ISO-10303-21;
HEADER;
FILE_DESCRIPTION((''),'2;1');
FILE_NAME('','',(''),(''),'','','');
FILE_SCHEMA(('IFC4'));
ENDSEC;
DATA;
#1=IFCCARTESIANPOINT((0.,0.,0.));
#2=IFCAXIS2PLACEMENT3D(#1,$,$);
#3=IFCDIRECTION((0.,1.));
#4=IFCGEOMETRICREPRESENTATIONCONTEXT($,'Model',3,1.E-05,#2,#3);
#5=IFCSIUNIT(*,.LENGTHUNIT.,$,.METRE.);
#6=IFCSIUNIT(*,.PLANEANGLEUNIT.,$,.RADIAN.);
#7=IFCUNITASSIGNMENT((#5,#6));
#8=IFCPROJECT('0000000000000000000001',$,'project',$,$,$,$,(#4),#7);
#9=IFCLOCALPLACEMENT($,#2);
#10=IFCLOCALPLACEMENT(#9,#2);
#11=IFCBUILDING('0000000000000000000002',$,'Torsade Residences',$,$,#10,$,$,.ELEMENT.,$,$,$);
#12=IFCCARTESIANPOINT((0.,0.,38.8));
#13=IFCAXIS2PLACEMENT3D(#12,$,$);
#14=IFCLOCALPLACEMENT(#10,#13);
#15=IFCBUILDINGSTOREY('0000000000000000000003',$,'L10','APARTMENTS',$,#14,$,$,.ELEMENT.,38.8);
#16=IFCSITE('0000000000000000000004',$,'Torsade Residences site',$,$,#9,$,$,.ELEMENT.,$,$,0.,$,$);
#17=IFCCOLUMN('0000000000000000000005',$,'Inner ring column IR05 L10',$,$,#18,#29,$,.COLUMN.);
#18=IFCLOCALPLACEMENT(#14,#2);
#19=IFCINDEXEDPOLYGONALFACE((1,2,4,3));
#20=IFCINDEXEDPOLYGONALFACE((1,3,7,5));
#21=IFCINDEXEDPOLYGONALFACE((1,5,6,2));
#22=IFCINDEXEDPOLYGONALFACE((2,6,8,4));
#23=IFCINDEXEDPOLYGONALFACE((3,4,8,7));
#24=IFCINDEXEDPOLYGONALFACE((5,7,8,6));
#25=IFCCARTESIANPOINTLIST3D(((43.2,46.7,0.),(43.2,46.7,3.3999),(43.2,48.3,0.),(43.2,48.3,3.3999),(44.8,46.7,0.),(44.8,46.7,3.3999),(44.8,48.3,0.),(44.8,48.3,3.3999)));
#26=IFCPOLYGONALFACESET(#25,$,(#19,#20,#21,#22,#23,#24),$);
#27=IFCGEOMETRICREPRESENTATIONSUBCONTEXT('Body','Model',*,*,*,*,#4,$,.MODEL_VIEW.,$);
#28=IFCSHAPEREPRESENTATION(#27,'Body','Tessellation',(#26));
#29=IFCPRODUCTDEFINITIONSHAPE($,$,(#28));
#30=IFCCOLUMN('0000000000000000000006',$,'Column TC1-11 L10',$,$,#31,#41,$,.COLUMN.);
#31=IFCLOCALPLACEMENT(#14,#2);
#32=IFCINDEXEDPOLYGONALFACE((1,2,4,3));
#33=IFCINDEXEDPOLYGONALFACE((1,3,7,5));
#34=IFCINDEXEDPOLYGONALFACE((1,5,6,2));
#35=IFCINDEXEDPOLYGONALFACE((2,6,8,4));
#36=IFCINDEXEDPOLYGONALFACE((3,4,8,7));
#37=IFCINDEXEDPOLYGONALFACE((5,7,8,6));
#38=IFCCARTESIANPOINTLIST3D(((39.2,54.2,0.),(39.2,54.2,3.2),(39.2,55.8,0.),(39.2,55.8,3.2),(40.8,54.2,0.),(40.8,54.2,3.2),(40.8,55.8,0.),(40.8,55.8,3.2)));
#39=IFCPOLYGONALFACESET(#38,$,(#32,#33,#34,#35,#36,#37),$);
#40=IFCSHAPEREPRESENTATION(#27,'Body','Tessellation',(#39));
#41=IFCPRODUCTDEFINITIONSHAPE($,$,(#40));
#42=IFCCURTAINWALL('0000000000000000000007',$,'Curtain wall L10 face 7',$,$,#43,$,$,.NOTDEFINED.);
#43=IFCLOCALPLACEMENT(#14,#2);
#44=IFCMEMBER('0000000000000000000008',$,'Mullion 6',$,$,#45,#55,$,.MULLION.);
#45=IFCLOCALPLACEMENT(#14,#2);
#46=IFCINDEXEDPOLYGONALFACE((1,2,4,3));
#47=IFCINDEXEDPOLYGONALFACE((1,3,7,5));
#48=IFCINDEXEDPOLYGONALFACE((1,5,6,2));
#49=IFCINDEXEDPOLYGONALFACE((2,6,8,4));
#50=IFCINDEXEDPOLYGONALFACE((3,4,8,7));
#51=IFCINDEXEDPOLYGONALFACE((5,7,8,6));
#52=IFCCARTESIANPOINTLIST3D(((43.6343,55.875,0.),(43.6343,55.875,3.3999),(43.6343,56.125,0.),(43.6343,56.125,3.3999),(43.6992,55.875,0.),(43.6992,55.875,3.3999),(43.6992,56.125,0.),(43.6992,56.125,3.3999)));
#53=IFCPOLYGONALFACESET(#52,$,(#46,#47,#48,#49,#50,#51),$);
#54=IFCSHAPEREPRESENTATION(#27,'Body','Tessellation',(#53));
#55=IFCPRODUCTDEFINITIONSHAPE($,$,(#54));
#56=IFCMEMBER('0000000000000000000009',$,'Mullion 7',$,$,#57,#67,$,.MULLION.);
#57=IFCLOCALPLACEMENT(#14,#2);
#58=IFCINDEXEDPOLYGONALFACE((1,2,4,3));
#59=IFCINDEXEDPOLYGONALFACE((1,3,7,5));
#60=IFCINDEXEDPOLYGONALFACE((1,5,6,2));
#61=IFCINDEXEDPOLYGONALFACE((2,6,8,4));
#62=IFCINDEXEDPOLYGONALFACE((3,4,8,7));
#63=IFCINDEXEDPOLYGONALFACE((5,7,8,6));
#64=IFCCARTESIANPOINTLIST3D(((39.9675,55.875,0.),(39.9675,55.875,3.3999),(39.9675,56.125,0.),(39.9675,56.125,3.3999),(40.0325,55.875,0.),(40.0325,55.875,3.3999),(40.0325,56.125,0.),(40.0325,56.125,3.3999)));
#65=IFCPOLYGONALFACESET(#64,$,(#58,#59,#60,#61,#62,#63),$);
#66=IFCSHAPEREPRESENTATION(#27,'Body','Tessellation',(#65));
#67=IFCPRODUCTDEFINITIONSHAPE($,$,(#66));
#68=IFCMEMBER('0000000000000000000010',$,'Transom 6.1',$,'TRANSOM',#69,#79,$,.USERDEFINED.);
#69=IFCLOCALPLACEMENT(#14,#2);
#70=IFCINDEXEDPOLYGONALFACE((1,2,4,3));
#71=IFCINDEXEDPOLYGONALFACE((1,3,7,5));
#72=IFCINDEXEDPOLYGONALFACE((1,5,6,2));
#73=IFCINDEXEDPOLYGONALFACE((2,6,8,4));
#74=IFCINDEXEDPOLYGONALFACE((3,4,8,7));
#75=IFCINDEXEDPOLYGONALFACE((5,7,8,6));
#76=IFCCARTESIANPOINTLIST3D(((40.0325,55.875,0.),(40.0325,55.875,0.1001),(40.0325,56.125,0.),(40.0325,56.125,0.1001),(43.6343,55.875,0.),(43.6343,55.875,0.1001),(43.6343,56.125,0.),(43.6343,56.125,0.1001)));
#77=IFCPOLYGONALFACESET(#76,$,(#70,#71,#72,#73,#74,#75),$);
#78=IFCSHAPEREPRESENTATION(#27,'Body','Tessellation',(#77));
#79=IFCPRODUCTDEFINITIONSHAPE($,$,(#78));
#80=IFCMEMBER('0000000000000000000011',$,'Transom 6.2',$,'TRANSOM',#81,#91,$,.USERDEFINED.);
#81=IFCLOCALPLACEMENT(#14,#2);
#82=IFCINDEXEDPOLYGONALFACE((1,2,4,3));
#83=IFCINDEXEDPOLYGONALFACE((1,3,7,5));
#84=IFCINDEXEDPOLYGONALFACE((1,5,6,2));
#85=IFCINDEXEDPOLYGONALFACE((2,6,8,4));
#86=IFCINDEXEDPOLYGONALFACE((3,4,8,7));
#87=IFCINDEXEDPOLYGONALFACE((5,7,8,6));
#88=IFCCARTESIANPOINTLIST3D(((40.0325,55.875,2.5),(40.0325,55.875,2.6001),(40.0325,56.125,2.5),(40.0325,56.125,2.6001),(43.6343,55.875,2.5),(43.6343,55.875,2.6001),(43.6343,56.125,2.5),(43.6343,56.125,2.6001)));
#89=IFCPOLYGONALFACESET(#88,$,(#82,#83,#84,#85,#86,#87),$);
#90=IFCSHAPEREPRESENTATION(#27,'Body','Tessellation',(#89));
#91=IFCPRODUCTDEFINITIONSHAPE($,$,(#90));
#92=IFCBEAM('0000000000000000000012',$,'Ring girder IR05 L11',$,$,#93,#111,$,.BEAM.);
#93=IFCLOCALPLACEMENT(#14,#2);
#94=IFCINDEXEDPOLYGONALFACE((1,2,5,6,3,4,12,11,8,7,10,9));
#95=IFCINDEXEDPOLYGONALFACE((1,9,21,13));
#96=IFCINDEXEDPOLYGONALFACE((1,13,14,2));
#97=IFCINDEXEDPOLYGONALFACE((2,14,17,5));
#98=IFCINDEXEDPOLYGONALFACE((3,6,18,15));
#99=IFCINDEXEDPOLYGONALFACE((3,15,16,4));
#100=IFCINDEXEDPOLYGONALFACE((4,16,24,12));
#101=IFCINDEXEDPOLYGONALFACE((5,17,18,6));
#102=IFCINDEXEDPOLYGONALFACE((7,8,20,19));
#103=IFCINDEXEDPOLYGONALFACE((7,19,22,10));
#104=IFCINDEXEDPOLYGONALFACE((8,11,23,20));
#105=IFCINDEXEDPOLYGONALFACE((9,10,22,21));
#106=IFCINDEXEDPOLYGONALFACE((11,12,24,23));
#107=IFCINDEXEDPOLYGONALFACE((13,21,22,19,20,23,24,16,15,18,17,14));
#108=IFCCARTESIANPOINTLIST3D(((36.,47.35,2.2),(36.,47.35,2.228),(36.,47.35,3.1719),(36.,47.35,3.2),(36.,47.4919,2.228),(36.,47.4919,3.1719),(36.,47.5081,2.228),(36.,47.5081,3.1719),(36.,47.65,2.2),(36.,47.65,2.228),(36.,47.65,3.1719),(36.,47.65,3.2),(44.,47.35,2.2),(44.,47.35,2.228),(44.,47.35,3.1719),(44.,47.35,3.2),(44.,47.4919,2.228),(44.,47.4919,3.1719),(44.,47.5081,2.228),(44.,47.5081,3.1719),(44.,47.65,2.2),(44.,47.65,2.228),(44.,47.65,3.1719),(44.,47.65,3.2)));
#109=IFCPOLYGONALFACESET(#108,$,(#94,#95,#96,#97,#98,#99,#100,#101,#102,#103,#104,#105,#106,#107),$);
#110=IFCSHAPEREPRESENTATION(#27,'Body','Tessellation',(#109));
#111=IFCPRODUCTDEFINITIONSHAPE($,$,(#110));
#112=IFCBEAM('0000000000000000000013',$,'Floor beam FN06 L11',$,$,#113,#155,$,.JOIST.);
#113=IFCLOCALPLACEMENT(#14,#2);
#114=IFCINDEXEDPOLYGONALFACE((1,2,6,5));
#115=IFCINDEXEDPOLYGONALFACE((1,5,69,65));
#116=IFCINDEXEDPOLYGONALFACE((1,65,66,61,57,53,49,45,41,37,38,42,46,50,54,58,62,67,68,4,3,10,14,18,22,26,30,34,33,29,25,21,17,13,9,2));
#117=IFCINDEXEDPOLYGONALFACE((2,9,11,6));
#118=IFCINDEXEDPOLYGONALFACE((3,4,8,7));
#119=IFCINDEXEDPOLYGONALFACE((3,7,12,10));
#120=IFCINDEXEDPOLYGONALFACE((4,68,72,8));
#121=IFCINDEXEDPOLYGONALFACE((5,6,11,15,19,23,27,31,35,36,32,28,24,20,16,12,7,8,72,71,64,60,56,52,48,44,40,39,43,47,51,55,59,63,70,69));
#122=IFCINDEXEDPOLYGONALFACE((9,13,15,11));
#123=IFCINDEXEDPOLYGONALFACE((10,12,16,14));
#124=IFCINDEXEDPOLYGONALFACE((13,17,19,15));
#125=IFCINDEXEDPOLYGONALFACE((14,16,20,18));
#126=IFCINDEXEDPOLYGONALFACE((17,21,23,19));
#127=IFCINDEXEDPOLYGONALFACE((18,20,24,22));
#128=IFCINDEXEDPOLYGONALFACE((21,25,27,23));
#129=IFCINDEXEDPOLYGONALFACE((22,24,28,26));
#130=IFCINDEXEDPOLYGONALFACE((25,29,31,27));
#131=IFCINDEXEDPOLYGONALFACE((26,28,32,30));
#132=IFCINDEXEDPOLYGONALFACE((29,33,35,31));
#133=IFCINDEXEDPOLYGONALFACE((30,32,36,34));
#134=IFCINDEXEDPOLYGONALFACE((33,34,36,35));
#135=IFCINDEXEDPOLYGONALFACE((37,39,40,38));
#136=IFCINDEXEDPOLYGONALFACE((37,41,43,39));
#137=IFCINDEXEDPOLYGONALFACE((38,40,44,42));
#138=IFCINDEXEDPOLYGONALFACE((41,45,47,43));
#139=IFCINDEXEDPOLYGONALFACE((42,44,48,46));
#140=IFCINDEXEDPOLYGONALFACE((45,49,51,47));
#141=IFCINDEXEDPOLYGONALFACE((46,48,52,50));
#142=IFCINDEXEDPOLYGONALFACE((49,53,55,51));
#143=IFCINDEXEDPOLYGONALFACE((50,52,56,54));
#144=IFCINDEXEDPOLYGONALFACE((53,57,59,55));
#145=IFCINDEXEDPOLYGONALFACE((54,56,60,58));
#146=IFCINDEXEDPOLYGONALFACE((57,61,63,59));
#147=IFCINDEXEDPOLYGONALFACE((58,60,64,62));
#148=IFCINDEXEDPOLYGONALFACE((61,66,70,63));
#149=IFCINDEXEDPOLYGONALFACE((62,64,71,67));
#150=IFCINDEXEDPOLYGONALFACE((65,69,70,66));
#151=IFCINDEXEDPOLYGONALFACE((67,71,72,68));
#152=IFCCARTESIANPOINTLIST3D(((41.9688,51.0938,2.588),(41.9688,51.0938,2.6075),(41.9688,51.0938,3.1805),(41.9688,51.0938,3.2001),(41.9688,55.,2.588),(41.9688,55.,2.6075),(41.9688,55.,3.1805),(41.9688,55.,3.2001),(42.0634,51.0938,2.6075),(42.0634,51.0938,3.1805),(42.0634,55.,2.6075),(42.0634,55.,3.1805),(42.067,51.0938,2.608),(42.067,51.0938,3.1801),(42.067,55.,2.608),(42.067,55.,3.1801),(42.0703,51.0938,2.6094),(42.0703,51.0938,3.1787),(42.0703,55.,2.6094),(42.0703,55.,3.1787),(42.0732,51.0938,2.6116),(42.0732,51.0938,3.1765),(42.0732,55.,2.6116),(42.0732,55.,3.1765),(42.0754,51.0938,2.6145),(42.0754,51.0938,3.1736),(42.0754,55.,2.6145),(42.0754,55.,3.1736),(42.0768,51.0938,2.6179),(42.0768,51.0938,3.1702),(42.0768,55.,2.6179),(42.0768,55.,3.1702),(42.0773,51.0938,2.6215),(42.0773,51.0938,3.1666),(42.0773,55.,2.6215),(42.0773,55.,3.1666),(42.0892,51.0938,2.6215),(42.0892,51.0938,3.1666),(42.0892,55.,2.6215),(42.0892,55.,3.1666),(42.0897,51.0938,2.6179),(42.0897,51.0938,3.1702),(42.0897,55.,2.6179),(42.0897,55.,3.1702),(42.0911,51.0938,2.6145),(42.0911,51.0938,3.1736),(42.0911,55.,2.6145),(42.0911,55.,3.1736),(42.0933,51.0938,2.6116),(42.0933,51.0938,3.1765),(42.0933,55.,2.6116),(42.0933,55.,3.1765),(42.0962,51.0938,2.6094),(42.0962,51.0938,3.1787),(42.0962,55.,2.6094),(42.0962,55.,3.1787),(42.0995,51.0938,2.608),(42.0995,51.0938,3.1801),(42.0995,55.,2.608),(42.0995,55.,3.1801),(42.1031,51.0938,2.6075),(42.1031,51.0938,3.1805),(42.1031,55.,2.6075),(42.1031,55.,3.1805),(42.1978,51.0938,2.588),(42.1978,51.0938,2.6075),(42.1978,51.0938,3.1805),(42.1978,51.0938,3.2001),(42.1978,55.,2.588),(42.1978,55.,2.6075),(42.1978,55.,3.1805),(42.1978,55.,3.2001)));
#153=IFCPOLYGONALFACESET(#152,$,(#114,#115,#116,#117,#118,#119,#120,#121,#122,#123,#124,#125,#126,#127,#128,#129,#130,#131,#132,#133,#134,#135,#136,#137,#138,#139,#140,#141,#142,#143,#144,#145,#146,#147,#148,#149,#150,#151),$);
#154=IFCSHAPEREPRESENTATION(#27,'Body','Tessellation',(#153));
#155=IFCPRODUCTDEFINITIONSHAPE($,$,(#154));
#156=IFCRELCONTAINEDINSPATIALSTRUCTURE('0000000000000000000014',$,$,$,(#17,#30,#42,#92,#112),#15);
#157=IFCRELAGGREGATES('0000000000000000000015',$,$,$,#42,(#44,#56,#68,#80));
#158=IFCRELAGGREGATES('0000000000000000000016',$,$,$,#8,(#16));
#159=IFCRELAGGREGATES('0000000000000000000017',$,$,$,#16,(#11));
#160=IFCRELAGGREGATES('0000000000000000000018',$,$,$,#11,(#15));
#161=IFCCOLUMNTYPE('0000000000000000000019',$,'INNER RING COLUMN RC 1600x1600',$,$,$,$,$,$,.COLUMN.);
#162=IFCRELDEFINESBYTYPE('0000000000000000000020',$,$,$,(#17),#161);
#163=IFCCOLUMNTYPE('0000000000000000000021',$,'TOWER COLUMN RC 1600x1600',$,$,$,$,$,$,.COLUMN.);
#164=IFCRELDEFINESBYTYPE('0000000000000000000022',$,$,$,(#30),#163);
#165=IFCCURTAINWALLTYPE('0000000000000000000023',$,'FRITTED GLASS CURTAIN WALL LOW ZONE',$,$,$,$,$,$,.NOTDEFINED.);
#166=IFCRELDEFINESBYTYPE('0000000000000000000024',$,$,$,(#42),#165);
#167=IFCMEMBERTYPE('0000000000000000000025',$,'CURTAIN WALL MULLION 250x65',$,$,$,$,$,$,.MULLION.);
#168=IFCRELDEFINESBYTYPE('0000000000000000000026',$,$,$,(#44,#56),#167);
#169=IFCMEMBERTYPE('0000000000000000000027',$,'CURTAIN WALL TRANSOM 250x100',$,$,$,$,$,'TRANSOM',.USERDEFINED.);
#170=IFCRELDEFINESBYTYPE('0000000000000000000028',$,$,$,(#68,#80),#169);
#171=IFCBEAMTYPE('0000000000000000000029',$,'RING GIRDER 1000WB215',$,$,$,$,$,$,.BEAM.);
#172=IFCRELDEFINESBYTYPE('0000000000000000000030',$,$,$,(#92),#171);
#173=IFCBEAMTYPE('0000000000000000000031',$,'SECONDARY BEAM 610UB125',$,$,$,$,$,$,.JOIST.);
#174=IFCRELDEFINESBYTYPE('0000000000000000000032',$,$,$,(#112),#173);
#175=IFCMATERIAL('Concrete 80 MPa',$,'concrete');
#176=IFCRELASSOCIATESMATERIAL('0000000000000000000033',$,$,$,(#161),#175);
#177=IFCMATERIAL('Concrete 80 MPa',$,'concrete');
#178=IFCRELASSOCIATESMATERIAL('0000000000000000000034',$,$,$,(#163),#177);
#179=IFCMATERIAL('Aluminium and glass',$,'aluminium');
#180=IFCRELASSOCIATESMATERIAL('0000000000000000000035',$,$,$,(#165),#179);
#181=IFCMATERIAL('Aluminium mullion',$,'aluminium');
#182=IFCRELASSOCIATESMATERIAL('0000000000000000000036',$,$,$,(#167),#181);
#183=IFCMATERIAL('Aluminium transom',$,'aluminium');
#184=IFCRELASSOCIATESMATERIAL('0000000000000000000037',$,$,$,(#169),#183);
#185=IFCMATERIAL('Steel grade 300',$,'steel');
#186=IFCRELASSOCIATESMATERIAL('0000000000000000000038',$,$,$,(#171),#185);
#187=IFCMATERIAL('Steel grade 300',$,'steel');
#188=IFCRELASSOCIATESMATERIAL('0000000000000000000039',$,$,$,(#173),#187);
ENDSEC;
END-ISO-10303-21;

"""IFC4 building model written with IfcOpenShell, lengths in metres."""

from ifc_helpers import new_model, si_unit, direction, frame, origin, origin_2d, place, context, subcontext, project, spatial, rectangle, i_section, extrude, material, material_profile, profile_set, type_object, element, aggregate, save


model = new_model("IFC4")

# Units and contexts
model_context = context("Model", 3, precision=1e-05, world=origin(), true_north=direction((0.0, 1.0)))
body_context = subcontext(model_context, "Body", "Model", "MODEL_VIEW")
ifc_project = project(units=[si_unit("LENGTHUNIT", "METRE"), si_unit("PLANEANGLEUNIT", "RADIAN")], contexts=[model_context])

# Site, building, storey
site_placement = place(None, origin())
site = spatial("IfcSite", under=ifc_project, at=site_placement, Name="Torsade Residences site", CompositionType="ELEMENT", RefElevation=0.0)
building_placement = place(site_placement, origin())
building = spatial("IfcBuilding", under=site, at=building_placement, Name="Torsade Residences", CompositionType="ELEMENT")
storey_placement = place(building_placement, frame((0.0, 0.0, 38.8)))
storey = spatial("IfcBuildingStorey", under=building, at=storey_placement, Name="L10", Description="APARTMENTS", CompositionType="ELEMENT", Elevation=38.8)

# Columns
ifc_material_1 = material(Name="Concrete 80 MPa", Category="concrete")
ifc_material_profile_1 = material_profile(ifc_material_1, rectangle(XDim=1.6001, YDim=1.6001, at=origin_2d()), Name="RC 1600x1600")
ifc_profile_set_1 = profile_set([ifc_material_profile_1], Name="Concrete 80 MPa")
column_type_1 = type_object("IfcColumnType", Name="INNER RING COLUMN RC 1600x1600", PredefinedType="COLUMN", material=ifc_profile_set_1)
column_1_placement = place(storey_placement, frame((44.0, 47.5, 0.0), z_axis=(0.0, 0.0, 1.0), x_axis=(1.0, 0.0, 0.0)))
element("IfcColumn", 1, at=column_1_placement, inside=storey, type_object=column_type_1, Name="Inner ring column IR05 L10", PredefinedType="COLUMN", context=body_context, shape_type="SweptSolid", body=[
    extrude(rectangle(XDim=1.6001, YDim=1.6001, at=origin_2d()), origin(), (0.0, 0.0, 1.0), 3.3999),
])
ifc_material_2 = material(Name="Concrete 80 MPa", Category="concrete")
ifc_material_profile_2 = material_profile(ifc_material_2, rectangle(XDim=1.6001, YDim=1.6001, at=origin_2d()), Name="RC 1600x1600")
ifc_profile_set_2 = profile_set([ifc_material_profile_2], Name="Concrete 80 MPa")
column_type_2 = type_object("IfcColumnType", Name="TOWER COLUMN RC 1600x1600", PredefinedType="COLUMN", material=ifc_profile_set_2)
column_2_placement = place(storey_placement, frame((40.0, 55.0, 0.0), z_axis=(0.0, 0.0, 1.0), x_axis=(1.0, 0.0, 0.0)))
element("IfcColumn", 2, at=column_2_placement, inside=storey, type_object=column_type_2, Name="Column TC1-11 L10", PredefinedType="COLUMN", context=body_context, shape_type="SweptSolid", body=[
    extrude(rectangle(XDim=1.6001, YDim=1.6001, at=origin_2d()), origin(), (0.0, 0.0, 1.0), 3.2),
])

# Curtain wall, members
ifc_material_3 = material(Name="Aluminium and glass", Category="aluminium")
curtain_wall_type = type_object("IfcCurtainWallType", Name="FRITTED GLASS CURTAIN WALL LOW ZONE", PredefinedType="NOTDEFINED", material=ifc_material_3)
curtain_wall_placement = place(storey_placement, origin())
curtain_wall = element("IfcCurtainWall", 3, at=curtain_wall_placement, inside=storey, type_object=curtain_wall_type, Name="Curtain wall L10 face 7", PredefinedType="NOTDEFINED")
ifc_material_4 = material(Name="Aluminium mullion", Category="aluminium")
ifc_material_profile_3 = material_profile(ifc_material_4, rectangle(XDim=0.25, YDim=0.0649, at=origin_2d()), Name="CURTAIN WALL MULLION 250x65")
ifc_profile_set_3 = profile_set([ifc_material_profile_3], Name="Aluminium mullion")
member_type_1 = type_object("IfcMemberType", Name="CURTAIN WALL MULLION 250x65", PredefinedType="MULLION", material=ifc_profile_set_3)
member_1_placement = place(storey_placement, frame((43.6667, 56.0, 0.0), z_axis=(0.0, 0.0, 1.0), x_axis=(0.0, -1.0, 0.0)))
member_1 = element("IfcMember", 4, at=member_1_placement, type_object=member_type_1, Name="Mullion 6", PredefinedType="MULLION", context=body_context, shape_type="SweptSolid", body=[
    extrude(rectangle(XDim=0.25, YDim=0.0649, at=origin_2d()), origin(), (0.0, 0.0, 1.0), 3.3999),
])
member_2_placement = place(storey_placement, frame((40.0, 56.0, 0.0), z_axis=(0.0, 0.0, 1.0), x_axis=(0.0, -1.0, 0.0)))
member_2 = element("IfcMember", 5, at=member_2_placement, type_object=member_type_1, Name="Mullion 7", PredefinedType="MULLION", context=body_context, shape_type="SweptSolid", body=[
    extrude(rectangle(XDim=0.25, YDim=0.0649, at=origin_2d()), origin(), (0.0, 0.0, 1.0), 3.3999),
])
ifc_material_5 = material(Name="Aluminium transom", Category="aluminium")
ifc_material_profile_4 = material_profile(ifc_material_5, rectangle(XDim=0.25, YDim=0.1001, at=origin_2d()), Name="CURTAIN WALL TRANSOM 250x100")
ifc_profile_set_4 = profile_set([ifc_material_profile_4], Name="Aluminium transom")
member_type_2 = type_object("IfcMemberType", Name="CURTAIN WALL TRANSOM 250x100", ElementType="TRANSOM", PredefinedType="USERDEFINED", material=ifc_profile_set_4)
member_3_placement = place(storey_placement, frame((43.6343, 56.0, 0.05), z_axis=(-1.0, 0.0, 0.0), x_axis=(0.0, -1.0, 0.0)))
member_3 = element("IfcMember", 6, at=member_3_placement, type_object=member_type_2, Name="Transom 6.1", ObjectType="TRANSOM", PredefinedType="USERDEFINED", context=body_context, shape_type="SweptSolid", body=[
    extrude(rectangle(XDim=0.25, YDim=0.1001, at=origin_2d()), origin(), (0.0, 0.0, 1.0), 3.6018),
])
member_4_placement = place(storey_placement, frame((43.6343, 56.0, 2.55), z_axis=(-1.0, 0.0, 0.0), x_axis=(0.0, -1.0, 0.0)))
member_4 = element("IfcMember", 7, at=member_4_placement, type_object=member_type_2, Name="Transom 6.2", ObjectType="TRANSOM", PredefinedType="USERDEFINED", context=body_context, shape_type="SweptSolid", body=[
    extrude(rectangle(XDim=0.25, YDim=0.1001, at=origin_2d()), origin(), (0.0, 0.0, 1.0), 3.6018),
])

# Beams
ifc_material_6 = material(Name="Steel grade 300", Category="steel")
ifc_material_profile_5 = material_profile(ifc_material_6, i_section(OverallWidth=0.3, OverallDepth=1.0, WebThickness=0.0161, FlangeThickness=0.0281, at=origin_2d()), Name="1000WB215")
ifc_profile_set_5 = profile_set([ifc_material_profile_5], Name="Steel grade 300")
beam_type_1 = type_object("IfcBeamType", Name="RING GIRDER 1000WB215", PredefinedType="BEAM", material=ifc_profile_set_5)
beam_1_placement = place(storey_placement, frame((44.0, 47.5, 2.7), z_axis=(-1.0, 0.0, 0.0), x_axis=(0.0, -1.0, 0.0)))
element("IfcBeam", 8, at=beam_1_placement, inside=storey, type_object=beam_type_1, Name="Ring girder IR05 L11", PredefinedType="BEAM", context=body_context, shape_type="SweptSolid", body=[
    extrude(i_section(OverallWidth=0.3, OverallDepth=1.0, WebThickness=0.0161, FlangeThickness=0.0281, at=origin_2d()), origin(), (0.0, 0.0, 1.0), 8.0),
])
ifc_material_7 = material(Name="Steel grade 300", Category="steel")
ifc_material_profile_6 = material_profile(ifc_material_7, i_section(OverallWidth=0.229, OverallDepth=0.6121, WebThickness=0.012, FlangeThickness=0.0195, FilletRadius=0.0139, at=origin_2d()), Name="610UB125")
ifc_profile_set_6 = profile_set([ifc_material_profile_6], Name="Steel grade 300")
beam_type_2 = type_object("IfcBeamType", Name="SECONDARY BEAM 610UB125", PredefinedType="JOIST", material=ifc_profile_set_6)
beam_2_placement = place(storey_placement, frame((42.0833, 55.0, 2.894), z_axis=(0.0, -1.0, 0.0), x_axis=(1.0, 0.0, 0.0)))
element("IfcBeam", 9, at=beam_2_placement, inside=storey, type_object=beam_type_2, Name="Floor beam FN06 L11", PredefinedType="JOIST", context=body_context, shape_type="SweptSolid", body=[
    extrude(i_section(OverallWidth=0.229, OverallDepth=0.6121, WebThickness=0.012, FlangeThickness=0.0195, FilletRadius=0.0139, at=origin_2d()), origin(), (0.0, 0.0, 1.0), 3.9062),
])

aggregate(curtain_wall, [member_1, member_2, member_3, member_4])

save(model, "model.ifc")
